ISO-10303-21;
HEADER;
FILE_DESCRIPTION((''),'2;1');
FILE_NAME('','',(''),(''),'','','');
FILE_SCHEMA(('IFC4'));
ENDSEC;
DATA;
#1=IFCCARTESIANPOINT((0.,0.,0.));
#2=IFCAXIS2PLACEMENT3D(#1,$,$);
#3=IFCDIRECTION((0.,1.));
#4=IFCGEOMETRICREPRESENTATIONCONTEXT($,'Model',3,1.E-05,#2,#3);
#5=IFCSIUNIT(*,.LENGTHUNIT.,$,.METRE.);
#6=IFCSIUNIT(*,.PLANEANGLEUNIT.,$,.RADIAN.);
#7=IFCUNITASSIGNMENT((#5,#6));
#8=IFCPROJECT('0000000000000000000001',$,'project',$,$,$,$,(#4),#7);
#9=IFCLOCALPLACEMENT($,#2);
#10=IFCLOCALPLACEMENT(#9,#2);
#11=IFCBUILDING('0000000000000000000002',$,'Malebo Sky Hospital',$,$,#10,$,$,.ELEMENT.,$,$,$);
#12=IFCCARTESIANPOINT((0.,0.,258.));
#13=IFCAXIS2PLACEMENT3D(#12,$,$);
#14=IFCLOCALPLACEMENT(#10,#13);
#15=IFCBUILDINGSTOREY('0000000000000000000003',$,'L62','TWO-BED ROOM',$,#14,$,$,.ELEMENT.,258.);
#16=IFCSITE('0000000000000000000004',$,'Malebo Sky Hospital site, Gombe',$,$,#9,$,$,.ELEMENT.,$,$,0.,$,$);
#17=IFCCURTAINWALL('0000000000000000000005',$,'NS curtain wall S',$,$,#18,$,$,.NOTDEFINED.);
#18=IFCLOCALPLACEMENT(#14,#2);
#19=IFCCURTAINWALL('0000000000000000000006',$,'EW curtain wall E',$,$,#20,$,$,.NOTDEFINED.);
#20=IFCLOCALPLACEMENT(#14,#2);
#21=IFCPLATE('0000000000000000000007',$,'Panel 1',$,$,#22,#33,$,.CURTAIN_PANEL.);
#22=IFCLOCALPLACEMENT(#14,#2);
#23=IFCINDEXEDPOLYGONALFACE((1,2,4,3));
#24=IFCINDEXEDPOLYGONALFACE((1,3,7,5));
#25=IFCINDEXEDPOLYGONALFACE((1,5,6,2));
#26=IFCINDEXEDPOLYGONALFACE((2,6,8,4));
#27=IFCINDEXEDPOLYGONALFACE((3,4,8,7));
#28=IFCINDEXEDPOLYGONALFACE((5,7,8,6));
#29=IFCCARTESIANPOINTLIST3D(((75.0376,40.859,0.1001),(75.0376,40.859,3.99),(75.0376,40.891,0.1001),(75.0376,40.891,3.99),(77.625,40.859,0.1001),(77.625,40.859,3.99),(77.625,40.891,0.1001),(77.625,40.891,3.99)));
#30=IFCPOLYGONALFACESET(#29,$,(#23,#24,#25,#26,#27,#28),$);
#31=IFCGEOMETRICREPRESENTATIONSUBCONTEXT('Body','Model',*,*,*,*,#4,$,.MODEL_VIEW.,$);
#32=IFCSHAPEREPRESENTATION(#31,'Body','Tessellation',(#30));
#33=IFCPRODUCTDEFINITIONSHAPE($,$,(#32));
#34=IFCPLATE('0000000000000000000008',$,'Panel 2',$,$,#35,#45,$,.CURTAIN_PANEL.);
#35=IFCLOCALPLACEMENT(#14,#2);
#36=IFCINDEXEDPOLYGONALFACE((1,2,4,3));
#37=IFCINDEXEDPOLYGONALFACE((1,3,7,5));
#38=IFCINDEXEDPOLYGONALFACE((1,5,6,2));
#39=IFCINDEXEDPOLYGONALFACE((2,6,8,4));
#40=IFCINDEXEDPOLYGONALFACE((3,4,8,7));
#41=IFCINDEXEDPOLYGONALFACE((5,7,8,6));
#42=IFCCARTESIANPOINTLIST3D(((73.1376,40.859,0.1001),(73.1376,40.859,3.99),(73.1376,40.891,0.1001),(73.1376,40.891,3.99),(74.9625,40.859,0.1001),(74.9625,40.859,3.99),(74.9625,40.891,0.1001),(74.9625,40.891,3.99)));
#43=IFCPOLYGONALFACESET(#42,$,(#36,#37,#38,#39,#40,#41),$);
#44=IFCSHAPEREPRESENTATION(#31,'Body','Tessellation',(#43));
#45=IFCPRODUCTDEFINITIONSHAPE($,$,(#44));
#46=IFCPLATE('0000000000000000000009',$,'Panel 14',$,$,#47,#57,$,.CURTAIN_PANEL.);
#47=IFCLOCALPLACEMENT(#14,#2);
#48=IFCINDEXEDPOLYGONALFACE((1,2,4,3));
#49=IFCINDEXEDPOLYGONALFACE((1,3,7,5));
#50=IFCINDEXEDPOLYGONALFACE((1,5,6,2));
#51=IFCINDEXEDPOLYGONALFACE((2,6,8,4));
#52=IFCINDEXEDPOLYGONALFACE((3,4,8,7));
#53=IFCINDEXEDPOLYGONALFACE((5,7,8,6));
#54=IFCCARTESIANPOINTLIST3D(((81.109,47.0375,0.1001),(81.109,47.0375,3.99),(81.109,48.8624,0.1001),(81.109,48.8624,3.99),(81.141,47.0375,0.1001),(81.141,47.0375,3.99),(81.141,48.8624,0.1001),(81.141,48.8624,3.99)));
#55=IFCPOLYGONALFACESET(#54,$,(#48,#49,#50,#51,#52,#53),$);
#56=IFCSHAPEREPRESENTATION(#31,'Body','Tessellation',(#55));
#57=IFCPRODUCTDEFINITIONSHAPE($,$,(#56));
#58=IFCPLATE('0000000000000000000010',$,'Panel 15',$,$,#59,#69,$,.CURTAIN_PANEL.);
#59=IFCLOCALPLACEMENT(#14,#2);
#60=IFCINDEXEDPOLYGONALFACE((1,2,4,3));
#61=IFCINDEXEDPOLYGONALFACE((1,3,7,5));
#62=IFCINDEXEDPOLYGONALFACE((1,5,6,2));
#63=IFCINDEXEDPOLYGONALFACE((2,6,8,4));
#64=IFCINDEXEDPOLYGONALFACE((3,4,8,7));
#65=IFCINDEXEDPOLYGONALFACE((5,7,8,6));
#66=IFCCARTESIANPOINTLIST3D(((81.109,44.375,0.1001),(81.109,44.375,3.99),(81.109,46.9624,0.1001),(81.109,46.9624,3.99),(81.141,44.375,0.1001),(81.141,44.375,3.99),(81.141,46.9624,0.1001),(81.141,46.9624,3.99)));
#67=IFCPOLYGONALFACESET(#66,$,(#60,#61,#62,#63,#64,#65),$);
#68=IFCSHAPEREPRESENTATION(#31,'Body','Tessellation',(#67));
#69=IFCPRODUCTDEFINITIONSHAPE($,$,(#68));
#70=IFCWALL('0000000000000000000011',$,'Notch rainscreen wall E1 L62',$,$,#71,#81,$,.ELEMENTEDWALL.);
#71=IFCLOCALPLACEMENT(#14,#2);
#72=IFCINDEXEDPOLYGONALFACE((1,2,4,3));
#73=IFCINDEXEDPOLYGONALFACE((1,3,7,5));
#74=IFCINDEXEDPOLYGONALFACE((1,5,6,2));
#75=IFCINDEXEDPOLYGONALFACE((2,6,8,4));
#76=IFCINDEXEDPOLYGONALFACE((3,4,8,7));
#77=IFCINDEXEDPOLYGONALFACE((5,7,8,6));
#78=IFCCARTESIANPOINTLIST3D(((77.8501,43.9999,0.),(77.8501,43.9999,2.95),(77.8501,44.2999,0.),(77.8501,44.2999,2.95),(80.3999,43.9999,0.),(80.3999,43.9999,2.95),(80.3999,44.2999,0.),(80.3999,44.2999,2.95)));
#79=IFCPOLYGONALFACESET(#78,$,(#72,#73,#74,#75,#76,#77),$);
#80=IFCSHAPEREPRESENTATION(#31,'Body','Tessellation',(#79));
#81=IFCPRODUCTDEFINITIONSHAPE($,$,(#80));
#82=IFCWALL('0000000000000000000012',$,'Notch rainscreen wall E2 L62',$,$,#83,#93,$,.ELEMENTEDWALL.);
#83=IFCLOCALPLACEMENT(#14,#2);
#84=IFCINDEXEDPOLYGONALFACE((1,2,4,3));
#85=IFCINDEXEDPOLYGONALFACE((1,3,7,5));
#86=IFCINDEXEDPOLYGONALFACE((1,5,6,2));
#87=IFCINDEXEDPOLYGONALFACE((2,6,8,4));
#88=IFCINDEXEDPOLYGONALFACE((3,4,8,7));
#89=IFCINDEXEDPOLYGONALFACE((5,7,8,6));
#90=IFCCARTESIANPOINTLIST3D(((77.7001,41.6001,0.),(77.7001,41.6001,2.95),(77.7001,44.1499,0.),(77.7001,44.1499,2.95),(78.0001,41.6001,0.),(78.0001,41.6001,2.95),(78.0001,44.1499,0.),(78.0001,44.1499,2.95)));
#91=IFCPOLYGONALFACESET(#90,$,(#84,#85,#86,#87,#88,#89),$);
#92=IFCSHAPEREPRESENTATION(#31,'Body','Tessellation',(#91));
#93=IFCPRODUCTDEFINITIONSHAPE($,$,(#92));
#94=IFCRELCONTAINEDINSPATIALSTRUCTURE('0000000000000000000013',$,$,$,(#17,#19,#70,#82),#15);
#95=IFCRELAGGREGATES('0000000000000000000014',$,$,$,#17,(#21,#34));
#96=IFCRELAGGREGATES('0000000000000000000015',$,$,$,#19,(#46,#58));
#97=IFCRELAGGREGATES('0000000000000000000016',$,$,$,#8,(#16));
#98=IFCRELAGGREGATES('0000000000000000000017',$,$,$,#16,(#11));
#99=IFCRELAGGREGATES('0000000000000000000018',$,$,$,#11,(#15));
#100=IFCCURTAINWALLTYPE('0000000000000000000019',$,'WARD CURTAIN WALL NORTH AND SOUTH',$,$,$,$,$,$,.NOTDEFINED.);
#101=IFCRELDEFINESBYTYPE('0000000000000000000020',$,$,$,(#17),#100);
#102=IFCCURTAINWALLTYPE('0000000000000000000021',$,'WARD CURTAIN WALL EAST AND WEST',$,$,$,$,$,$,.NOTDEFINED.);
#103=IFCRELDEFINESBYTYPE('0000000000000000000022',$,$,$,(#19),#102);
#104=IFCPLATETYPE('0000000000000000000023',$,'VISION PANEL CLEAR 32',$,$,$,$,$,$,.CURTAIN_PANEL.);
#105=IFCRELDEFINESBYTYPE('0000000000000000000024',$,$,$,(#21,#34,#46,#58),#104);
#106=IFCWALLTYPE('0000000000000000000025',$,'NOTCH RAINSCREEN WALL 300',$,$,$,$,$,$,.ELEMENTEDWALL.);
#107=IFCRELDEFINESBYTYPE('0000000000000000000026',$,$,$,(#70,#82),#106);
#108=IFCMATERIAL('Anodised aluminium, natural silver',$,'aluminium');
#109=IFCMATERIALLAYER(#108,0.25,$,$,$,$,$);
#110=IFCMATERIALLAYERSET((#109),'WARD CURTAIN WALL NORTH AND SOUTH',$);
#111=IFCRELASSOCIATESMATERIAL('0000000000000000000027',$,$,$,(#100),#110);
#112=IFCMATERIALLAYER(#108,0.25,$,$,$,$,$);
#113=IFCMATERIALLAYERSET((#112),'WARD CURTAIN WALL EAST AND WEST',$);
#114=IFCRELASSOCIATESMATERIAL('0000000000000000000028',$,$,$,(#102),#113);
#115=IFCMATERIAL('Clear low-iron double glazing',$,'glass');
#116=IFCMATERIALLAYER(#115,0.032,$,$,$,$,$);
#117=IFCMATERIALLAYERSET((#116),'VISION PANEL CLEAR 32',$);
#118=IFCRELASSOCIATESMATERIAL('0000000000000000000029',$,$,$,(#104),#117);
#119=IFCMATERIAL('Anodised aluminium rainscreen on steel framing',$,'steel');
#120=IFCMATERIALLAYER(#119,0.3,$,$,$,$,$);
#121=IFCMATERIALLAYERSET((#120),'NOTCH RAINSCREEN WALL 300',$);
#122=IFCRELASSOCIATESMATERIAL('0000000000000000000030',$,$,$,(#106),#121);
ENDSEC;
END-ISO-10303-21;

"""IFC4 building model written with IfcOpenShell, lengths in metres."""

from ifc_helpers import new_model, si_unit, direction, frame, frame_2d, origin, origin_2d, place, context, subcontext, project, spatial, rectangle, extrude, material, layer, layer_set, type_object, element, aggregate, save


model = new_model("IFC4")

# Units and contexts
model_context = context("Model", 3, precision=1e-05, world=origin(), true_north=direction((0.0, 1.0)))
body_context = subcontext(model_context, "Body", "Model", "MODEL_VIEW")
ifc_project = project(units=[si_unit("LENGTHUNIT", "METRE"), si_unit("PLANEANGLEUNIT", "RADIAN")], contexts=[model_context])

# Site, building, storey
site_placement = place(None, origin())
site = spatial("IfcSite", under=ifc_project, at=site_placement, Name="Malebo Sky Hospital site, Gombe", CompositionType="ELEMENT", RefElevation=0.0)
building_placement = place(site_placement, origin())
building = spatial("IfcBuilding", under=site, at=building_placement, Name="Malebo Sky Hospital", CompositionType="ELEMENT")
storey_placement = place(building_placement, frame((0.0, 0.0, 258.0)))
storey = spatial("IfcBuildingStorey", under=building, at=storey_placement, Name="L62", Description="TWO-BED ROOM", CompositionType="ELEMENT", Elevation=258.0)

# Curtain walls
ifc_material_1 = material(Name="Anodised aluminium, natural silver", Category="aluminium")
ifc_layer_1 = layer(ifc_material_1, 0.25)
ifc_layer_set_1 = layer_set([ifc_layer_1], Name="WARD CURTAIN WALL NORTH AND SOUTH")
curtain_wall_type_1 = type_object("IfcCurtainWallType", Name="WARD CURTAIN WALL NORTH AND SOUTH", PredefinedType="NOTDEFINED", material=ifc_layer_set_1)
curtain_wall_1_placement = place(storey_placement, origin())
curtain_wall_1 = element("IfcCurtainWall", 1, at=curtain_wall_1_placement, inside=storey, type_object=curtain_wall_type_1, Name="NS curtain wall S", PredefinedType="NOTDEFINED")
ifc_layer_2 = layer(ifc_material_1, 0.25)
ifc_layer_set_2 = layer_set([ifc_layer_2], Name="WARD CURTAIN WALL EAST AND WEST")
curtain_wall_type_2 = type_object("IfcCurtainWallType", Name="WARD CURTAIN WALL EAST AND WEST", PredefinedType="NOTDEFINED", material=ifc_layer_set_2)
curtain_wall_2_placement = place(storey_placement, origin())
curtain_wall_2 = element("IfcCurtainWall", 2, at=curtain_wall_2_placement, inside=storey, type_object=curtain_wall_type_2, Name="EW curtain wall E", PredefinedType="NOTDEFINED")

# Plates
ifc_material_2 = material(Name="Clear low-iron double glazing", Category="glass")
ifc_layer_3 = layer(ifc_material_2, 0.032)
ifc_layer_set_3 = layer_set([ifc_layer_3], Name="VISION PANEL CLEAR 32")
plate_type = type_object("IfcPlateType", Name="VISION PANEL CLEAR 32", PredefinedType="CURTAIN_PANEL", material=ifc_layer_set_3)
plate_1_placement = place(storey_placement, frame((76.3313, 40.875, 0.1001), z_axis=(0.0, 0.0, 1.0), x_axis=(-1.0, 0.0, 0.0)))
plate_1 = element("IfcPlate", 3, at=plate_1_placement, type_object=plate_type, Name="Panel 1", PredefinedType="CURTAIN_PANEL", context=body_context, shape_type="SweptSolid", body=[
    extrude(rectangle(XDim=2.5874, YDim=0.032, at=origin_2d()), origin(), (0.0, 0.0, 1.0), 3.8899),
])
plate_2_placement = place(storey_placement, frame((74.05, 40.875, 0.1001), z_axis=(0.0, 0.0, 1.0), x_axis=(-1.0, 0.0, 0.0)))
plate_2 = element("IfcPlate", 4, at=plate_2_placement, type_object=plate_type, Name="Panel 2", PredefinedType="CURTAIN_PANEL", context=body_context, shape_type="SweptSolid", body=[
    extrude(rectangle(XDim=1.825, YDim=0.032, at=origin_2d()), origin(), (0.0, 0.0, 1.0), 3.8899),
])
aggregate(curtain_wall_1, [plate_1, plate_2])
plate_3_placement = place(storey_placement, frame((81.125, 47.95, 0.1001), z_axis=(0.0, 0.0, 1.0), x_axis=(0.0, -1.0, 0.0)))
plate_3 = element("IfcPlate", 5, at=plate_3_placement, type_object=plate_type, Name="Panel 14", PredefinedType="CURTAIN_PANEL", context=body_context, shape_type="SweptSolid", body=[
    extrude(rectangle(XDim=1.825, YDim=0.032, at=origin_2d()), origin(), (0.0, 0.0, 1.0), 3.8899),
])
plate_4_placement = place(storey_placement, frame((81.125, 45.6687, 0.1001), z_axis=(0.0, 0.0, 1.0), x_axis=(0.0, -1.0, 0.0)))
plate_4 = element("IfcPlate", 6, at=plate_4_placement, type_object=plate_type, Name="Panel 15", PredefinedType="CURTAIN_PANEL", context=body_context, shape_type="SweptSolid", body=[
    extrude(rectangle(XDim=2.5874, YDim=0.032, at=origin_2d()), origin(), (0.0, 0.0, 1.0), 3.8899),
])
aggregate(curtain_wall_2, [plate_3, plate_4])

# Walls
ifc_material_3 = material(Name="Anodised aluminium rainscreen on steel framing", Category="steel")
ifc_layer_4 = layer(ifc_material_3, 0.3)
ifc_layer_set_4 = layer_set([ifc_layer_4], Name="NOTCH RAINSCREEN WALL 300")
wall_type = type_object("IfcWallType", Name="NOTCH RAINSCREEN WALL 300", PredefinedType="ELEMENTEDWALL", material=ifc_layer_set_4)
for number, where, z_axis, x_axis, name in (
    (7, (80.3999, 44.1499, 0.0), (0.0, 0.0, 1.0), (-1.0, 0.0, 0.0), "Notch rainscreen wall E1 L62"),
    (8, (77.8501, 44.1499, 0.0), (0.0, 0.0, 1.0), (0.0, -1.0, 0.0), "Notch rainscreen wall E2 L62"),
):
    element("IfcWall", number, at=place(storey_placement, frame(where, z_axis=z_axis, x_axis=x_axis)), inside=storey, type_object=wall_type, Name=name, PredefinedType="ELEMENTEDWALL", context=body_context, shape_type="SweptSolid", body=[
        extrude(rectangle(XDim=2.5498, YDim=0.3, at=frame_2d((1.2749, 0.0))), origin(), (0.0, 0.0, 1.0), 2.95),
    ])

save(model, "model.ifc")
